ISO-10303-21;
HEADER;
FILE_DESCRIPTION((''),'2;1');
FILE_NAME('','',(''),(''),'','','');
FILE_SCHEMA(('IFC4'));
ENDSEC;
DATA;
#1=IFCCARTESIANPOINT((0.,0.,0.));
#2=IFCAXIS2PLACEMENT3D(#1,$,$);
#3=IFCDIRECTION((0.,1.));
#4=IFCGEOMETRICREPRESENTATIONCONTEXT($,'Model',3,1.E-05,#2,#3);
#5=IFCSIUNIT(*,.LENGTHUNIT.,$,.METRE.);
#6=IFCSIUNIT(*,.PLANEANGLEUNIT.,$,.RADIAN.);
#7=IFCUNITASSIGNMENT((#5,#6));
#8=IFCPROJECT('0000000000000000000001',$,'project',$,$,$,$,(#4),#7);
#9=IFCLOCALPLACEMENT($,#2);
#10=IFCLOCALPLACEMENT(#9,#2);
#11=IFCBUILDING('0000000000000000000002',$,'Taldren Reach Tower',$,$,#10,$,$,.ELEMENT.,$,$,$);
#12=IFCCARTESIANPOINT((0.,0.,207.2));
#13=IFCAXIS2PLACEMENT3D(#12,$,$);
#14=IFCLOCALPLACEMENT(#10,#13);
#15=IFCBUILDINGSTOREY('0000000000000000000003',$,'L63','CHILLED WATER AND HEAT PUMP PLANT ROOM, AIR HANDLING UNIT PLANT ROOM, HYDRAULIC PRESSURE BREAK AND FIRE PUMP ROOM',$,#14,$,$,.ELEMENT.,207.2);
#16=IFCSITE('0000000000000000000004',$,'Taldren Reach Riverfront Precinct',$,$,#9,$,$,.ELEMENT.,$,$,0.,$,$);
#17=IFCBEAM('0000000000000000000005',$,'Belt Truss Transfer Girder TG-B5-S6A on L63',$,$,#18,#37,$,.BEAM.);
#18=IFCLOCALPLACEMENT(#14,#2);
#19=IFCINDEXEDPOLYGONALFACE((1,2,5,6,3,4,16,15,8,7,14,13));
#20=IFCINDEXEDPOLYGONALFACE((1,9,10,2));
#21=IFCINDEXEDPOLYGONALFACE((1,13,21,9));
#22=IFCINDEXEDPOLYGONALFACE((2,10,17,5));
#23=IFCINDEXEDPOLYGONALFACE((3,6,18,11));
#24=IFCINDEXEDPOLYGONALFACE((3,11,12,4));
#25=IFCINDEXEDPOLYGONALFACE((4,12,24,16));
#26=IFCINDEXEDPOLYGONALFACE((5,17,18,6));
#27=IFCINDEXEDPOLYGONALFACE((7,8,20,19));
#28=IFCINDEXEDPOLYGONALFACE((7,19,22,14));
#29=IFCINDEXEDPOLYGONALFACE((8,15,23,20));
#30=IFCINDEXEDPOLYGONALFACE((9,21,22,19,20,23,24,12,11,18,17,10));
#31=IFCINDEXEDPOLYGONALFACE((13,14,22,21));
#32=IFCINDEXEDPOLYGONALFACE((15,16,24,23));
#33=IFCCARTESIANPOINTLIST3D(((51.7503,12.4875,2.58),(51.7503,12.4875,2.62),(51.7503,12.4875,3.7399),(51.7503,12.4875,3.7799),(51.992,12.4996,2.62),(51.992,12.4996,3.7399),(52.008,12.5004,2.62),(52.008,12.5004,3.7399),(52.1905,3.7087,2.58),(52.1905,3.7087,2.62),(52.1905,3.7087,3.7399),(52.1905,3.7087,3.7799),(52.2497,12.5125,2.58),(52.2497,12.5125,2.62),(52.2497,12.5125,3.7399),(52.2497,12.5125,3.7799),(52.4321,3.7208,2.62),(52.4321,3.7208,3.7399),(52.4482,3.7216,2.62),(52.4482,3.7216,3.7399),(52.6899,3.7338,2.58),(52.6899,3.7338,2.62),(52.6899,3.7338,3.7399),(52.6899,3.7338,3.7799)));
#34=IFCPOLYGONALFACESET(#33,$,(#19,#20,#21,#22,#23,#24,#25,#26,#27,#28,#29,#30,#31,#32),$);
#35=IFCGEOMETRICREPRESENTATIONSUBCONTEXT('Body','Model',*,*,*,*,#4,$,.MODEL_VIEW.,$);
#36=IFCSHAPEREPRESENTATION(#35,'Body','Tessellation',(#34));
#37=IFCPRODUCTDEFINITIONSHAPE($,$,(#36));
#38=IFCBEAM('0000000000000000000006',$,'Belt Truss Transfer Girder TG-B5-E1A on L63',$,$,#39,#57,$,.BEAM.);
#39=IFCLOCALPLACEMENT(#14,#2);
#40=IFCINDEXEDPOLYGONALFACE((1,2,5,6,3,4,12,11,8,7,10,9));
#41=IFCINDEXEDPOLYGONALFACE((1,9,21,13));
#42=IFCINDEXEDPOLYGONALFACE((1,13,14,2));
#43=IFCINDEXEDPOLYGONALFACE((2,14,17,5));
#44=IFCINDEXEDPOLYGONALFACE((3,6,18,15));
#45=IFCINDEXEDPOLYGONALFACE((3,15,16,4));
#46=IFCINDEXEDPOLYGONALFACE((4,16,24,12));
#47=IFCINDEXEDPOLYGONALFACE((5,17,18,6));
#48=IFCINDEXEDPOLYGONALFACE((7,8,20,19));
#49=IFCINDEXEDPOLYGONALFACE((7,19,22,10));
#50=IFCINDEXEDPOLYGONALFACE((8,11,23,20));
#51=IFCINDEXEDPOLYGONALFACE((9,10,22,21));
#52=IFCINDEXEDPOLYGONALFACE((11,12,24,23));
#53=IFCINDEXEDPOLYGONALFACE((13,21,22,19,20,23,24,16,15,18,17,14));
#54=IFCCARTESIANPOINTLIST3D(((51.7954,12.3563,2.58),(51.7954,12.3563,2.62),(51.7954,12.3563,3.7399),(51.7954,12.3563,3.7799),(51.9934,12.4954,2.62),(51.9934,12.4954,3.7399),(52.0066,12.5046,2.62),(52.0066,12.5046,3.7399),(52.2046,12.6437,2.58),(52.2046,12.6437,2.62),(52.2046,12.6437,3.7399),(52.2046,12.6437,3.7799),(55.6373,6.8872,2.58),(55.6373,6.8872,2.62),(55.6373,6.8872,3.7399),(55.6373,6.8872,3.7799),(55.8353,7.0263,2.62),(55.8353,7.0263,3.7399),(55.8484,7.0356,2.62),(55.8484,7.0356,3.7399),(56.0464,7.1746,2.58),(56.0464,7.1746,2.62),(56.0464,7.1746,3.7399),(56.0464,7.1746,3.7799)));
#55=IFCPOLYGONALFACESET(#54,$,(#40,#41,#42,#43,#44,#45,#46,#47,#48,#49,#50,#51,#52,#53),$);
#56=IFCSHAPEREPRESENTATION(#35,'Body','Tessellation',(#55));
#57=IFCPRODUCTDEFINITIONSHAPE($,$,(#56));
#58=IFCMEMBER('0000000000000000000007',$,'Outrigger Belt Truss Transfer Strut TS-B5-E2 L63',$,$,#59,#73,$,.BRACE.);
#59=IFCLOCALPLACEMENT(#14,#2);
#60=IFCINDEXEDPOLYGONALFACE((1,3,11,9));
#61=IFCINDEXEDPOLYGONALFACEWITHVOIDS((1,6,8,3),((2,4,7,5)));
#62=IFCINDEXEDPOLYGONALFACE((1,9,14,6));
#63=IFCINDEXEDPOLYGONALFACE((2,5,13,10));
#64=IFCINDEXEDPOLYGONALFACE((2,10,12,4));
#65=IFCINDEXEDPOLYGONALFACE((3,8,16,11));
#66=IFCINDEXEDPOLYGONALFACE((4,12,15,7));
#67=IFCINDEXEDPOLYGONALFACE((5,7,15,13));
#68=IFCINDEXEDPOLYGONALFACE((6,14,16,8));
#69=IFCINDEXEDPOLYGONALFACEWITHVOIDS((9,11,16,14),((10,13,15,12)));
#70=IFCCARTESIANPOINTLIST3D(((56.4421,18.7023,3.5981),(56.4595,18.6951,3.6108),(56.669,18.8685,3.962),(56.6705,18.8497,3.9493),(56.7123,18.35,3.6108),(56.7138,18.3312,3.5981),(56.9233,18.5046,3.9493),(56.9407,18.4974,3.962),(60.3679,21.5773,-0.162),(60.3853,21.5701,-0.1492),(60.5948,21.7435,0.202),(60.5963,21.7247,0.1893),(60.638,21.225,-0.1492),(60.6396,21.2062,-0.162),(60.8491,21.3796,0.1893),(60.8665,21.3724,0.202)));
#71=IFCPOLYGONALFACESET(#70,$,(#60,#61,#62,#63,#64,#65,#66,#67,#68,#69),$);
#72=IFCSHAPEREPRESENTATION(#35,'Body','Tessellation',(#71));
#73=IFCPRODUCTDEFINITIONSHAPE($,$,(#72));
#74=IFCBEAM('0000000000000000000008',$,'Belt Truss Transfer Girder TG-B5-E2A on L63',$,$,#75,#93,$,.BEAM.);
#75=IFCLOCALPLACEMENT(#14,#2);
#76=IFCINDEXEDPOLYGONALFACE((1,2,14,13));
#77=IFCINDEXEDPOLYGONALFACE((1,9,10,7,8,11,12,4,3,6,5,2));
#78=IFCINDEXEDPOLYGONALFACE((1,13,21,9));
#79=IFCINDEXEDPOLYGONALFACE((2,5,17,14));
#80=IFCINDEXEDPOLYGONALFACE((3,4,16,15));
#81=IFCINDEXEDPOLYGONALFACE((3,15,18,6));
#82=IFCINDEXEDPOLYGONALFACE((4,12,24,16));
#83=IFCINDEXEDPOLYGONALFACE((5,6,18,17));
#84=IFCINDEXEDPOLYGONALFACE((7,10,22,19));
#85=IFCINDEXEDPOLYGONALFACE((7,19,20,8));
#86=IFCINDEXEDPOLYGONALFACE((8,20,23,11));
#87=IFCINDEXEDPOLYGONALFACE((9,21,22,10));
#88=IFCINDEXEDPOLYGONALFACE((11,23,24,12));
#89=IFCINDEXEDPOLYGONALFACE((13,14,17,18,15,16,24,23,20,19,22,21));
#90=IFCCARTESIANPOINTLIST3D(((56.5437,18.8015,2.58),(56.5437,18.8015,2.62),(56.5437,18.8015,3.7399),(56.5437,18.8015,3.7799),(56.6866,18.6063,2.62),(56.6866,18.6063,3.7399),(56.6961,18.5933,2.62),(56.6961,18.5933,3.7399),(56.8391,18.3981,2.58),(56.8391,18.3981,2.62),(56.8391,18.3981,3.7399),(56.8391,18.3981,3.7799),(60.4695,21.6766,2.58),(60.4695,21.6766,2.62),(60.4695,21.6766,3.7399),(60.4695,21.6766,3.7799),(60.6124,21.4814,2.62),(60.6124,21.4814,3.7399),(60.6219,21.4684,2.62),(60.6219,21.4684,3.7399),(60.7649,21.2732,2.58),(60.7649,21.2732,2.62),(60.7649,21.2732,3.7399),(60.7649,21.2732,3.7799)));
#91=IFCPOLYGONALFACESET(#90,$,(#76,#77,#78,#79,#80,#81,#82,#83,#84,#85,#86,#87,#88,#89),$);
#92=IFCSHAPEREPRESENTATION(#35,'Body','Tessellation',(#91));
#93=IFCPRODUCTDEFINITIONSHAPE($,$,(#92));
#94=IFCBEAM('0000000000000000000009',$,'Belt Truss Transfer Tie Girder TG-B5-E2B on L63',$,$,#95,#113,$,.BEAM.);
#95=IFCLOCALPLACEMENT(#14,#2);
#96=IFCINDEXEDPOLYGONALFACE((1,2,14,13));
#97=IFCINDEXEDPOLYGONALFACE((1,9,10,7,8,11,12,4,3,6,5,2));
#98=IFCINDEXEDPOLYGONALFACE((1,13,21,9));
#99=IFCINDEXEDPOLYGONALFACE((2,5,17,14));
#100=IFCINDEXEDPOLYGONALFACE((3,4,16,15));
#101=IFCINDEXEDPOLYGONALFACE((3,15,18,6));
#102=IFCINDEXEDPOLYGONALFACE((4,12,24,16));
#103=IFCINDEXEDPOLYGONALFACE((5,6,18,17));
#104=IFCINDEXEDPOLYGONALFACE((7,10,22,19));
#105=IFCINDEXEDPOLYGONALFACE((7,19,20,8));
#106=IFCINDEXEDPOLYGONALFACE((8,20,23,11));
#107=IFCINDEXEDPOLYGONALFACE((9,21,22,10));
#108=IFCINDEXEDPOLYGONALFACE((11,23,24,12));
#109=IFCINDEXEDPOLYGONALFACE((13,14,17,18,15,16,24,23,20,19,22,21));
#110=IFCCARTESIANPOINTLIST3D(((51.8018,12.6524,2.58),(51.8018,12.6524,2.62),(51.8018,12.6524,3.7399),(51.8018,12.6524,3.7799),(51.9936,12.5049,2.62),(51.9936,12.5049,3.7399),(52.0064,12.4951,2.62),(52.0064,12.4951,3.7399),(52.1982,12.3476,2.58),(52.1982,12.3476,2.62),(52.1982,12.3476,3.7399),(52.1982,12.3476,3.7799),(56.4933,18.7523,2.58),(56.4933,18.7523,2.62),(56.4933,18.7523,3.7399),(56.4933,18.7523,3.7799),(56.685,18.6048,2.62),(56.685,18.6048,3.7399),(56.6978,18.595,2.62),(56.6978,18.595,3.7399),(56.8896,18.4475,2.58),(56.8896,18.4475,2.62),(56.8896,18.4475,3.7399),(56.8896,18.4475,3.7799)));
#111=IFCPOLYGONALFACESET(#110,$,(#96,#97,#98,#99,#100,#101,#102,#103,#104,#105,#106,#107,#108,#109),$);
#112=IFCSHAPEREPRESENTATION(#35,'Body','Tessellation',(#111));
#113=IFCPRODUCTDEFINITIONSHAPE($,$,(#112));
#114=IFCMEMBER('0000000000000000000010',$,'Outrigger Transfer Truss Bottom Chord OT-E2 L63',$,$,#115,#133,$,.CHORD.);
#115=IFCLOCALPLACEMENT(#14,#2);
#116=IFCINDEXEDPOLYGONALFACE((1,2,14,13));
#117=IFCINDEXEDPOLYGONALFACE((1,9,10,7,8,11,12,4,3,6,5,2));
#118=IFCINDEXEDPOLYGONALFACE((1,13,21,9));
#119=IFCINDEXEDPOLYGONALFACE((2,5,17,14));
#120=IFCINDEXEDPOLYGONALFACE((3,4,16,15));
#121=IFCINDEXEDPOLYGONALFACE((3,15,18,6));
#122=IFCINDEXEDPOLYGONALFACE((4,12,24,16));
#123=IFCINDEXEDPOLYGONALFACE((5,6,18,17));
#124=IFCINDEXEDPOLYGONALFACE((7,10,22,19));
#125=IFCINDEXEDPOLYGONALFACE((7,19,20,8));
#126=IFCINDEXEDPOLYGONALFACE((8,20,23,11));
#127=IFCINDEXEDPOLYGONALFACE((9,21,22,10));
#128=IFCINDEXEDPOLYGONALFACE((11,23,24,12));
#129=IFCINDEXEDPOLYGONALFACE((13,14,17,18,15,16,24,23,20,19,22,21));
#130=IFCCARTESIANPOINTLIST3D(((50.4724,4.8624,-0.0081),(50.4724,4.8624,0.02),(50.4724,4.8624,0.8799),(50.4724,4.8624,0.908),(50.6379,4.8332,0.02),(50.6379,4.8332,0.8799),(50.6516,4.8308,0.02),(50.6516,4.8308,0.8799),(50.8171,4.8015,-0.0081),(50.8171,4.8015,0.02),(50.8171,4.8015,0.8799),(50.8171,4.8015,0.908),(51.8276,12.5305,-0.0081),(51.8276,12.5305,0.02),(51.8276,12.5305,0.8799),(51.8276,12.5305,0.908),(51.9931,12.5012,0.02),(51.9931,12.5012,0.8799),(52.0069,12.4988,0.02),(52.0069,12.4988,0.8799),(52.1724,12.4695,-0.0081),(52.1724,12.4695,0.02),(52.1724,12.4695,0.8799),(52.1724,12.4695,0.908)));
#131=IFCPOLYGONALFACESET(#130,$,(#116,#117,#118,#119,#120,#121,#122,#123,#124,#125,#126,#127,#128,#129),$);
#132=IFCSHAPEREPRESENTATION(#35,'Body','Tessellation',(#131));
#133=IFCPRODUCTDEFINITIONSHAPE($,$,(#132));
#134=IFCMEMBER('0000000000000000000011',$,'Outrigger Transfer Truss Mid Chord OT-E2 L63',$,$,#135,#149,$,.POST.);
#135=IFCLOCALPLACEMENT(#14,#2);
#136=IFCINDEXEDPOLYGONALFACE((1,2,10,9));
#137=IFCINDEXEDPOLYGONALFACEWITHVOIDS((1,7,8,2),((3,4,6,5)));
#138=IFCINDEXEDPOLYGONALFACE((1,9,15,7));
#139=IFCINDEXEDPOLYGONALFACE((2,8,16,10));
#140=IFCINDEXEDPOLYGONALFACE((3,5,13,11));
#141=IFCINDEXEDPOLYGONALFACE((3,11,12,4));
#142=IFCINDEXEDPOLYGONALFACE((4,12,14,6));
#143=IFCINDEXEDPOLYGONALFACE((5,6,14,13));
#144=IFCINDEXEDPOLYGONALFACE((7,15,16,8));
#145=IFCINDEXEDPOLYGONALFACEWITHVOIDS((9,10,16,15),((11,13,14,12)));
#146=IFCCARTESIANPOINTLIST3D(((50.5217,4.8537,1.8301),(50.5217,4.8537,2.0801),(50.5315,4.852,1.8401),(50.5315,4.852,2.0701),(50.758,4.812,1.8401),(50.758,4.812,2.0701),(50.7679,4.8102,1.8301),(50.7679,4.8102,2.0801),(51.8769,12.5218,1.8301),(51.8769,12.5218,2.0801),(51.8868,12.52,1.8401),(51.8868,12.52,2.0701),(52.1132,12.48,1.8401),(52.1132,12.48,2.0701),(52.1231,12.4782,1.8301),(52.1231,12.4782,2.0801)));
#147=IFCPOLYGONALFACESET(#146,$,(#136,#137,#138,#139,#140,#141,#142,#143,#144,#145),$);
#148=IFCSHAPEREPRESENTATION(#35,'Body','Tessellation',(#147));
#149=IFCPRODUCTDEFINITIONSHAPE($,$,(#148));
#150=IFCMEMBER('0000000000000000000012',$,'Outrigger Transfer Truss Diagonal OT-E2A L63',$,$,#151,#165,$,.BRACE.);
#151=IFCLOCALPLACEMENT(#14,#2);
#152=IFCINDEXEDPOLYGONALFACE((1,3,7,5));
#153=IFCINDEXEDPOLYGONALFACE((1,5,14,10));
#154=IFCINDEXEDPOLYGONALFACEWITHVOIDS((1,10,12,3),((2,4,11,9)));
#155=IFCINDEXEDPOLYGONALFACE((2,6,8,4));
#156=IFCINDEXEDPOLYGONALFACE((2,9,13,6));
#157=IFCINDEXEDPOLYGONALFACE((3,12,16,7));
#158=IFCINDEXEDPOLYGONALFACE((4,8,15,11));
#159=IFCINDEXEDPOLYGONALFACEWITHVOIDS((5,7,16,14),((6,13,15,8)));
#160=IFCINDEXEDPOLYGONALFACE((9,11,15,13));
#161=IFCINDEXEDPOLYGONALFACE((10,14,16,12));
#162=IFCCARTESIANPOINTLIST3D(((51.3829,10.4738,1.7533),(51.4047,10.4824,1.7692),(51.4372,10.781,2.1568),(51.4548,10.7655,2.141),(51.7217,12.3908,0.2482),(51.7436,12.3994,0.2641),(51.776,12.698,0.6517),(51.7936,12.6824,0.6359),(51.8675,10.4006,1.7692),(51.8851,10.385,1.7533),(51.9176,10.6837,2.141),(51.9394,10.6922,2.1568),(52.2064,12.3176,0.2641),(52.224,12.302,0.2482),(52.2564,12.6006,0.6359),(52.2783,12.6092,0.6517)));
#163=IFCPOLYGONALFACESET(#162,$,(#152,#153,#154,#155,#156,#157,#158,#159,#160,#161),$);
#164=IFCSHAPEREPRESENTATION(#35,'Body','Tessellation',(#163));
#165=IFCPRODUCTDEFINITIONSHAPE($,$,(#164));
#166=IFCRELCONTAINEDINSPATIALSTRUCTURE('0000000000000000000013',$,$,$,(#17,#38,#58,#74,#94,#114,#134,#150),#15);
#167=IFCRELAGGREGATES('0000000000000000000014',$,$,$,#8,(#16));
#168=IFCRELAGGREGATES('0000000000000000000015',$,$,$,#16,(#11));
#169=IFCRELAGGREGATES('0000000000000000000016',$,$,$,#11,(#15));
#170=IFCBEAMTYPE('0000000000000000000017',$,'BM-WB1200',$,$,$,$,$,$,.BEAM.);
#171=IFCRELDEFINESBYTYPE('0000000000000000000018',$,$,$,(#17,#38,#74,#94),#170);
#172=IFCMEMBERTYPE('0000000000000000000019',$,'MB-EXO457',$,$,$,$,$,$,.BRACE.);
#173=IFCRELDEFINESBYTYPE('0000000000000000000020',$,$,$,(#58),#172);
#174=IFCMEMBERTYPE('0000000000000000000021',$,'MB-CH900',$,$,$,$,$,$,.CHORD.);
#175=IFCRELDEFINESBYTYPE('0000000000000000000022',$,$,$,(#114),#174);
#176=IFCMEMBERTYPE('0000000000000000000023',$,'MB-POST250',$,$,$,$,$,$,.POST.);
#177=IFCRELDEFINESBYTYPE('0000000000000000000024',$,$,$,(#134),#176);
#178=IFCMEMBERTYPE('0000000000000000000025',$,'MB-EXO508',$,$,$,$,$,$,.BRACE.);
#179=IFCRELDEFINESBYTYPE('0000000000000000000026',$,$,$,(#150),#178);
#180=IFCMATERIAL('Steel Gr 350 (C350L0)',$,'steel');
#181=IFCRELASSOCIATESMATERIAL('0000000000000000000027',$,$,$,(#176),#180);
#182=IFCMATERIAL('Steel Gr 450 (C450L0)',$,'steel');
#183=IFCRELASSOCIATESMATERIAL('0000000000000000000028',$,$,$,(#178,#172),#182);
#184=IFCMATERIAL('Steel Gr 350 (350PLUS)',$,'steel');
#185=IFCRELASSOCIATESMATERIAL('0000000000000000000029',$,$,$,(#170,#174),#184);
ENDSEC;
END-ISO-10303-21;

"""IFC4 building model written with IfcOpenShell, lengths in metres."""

from ifc_helpers import new_model, si_unit, direction, frame, origin, origin_2d, place, context, subcontext, project, spatial, hollow_rectangle, i_section, extrude, source, transform, mapped, material, material_profile, profile_set, type_object, element, save


model = new_model("IFC4")

# Units and contexts
model_context = context("Model", 3, precision=1e-05, world=origin(), true_north=direction((0.0, 1.0)))
body_context = subcontext(model_context, "Body", "Model", "MODEL_VIEW")
ifc_project = project(units=[si_unit("LENGTHUNIT", "METRE"), si_unit("PLANEANGLEUNIT", "RADIAN")], contexts=[model_context])

# Site, building, storey
site_placement = place(None, origin())
site = spatial("IfcSite", under=ifc_project, at=site_placement, Name="Taldren Reach Riverfront Precinct", CompositionType="ELEMENT", RefElevation=0.0)
building_placement = place(site_placement, origin())
building = spatial("IfcBuilding", under=site, at=building_placement, Name="Taldren Reach Tower", CompositionType="ELEMENT")
storey_placement = place(building_placement, frame((0.0, 0.0, 207.2)))
storey = spatial("IfcBuildingStorey", under=building, at=storey_placement, Name="L63", Description="CHILLED WATER AND HEAT PUMP PLANT ROOM, AIR HANDLING UNIT PLANT ROOM, HYDRAULIC PRESSURE BREAK AND FIRE PUMP ROOM", CompositionType="ELEMENT", Elevation=207.2)

# Shared definitions
ifc_material_1 = material(Name="Steel Gr 450 (C450L0)", Category="steel")
ifc_material_2 = material(Name="Steel Gr 350 (350PLUS)", Category="steel")

# Shared definitions
ifc_material_3 = material(Name="Steel Gr 350 (C350L0)", Category="steel")
ifc_material_profile_1 = material_profile(ifc_material_3, hollow_rectangle(XDim=0.25, YDim=0.25, WallThickness=0.01, at=origin_2d()), Name="250x250x10.0SHS")
ifc_profile_set_1 = profile_set([ifc_material_profile_1], Name="Steel Gr 350 (C350L0)")
member_type_1 = type_object("IfcMemberType", Name="MB-POST250", PredefinedType="POST", material=ifc_profile_set_1)
ifc_material_profile_2 = material_profile(ifc_material_1, hollow_rectangle(XDim=0.51, YDim=0.51, WallThickness=0.02, at=origin_2d()), Name="510x510x20.0SHS")
ifc_profile_set_2 = profile_set([ifc_material_profile_2], Name="Steel Gr 450 (C450L0)")
member_type_2 = type_object("IfcMemberType", Name="MB-EXO508", PredefinedType="BRACE", material=ifc_profile_set_2)

# Beams
ifc_material_profile_3 = material_profile(ifc_material_2, i_section(OverallWidth=0.5, OverallDepth=1.2, WebThickness=0.0161, FlangeThickness=0.04, at=origin_2d()), Name="1200WB455")
ifc_profile_set_3 = profile_set([ifc_material_profile_3], Name="Steel Gr 350 (350PLUS)")
beam_type_1 = type_object("IfcBeamType", Name="BM-WB1200", PredefinedType="BEAM", material=ifc_profile_set_3)
shared_shape_1 = source(origin(), body_context, "Body", "SweptSolid", [
    extrude(i_section(OverallWidth=0.5, OverallDepth=1.2, WebThickness=0.0161, FlangeThickness=0.04, at=origin_2d()), origin(), (0.0, 0.0, 1.0), 8.7898),
])
beam_1_placement = place(storey_placement, frame((52.0, 12.5, 3.1799), z_axis=(0.050079, -0.998745, 0.0), x_axis=(0.998745, 0.050079, 0.0)))
element("IfcBeam", 1, at=beam_1_placement, inside=storey, type_object=beam_type_1, Name="Belt Truss Transfer Girder TG-B5-S6A on L63", PredefinedType="BEAM", context=body_context, shape_type="MappedRepresentation", body=[
    mapped(shared_shape_1, transform((0.0, 0.0, 0.0), scale=1.0)),
])
shared_shape_2 = source(origin(), body_context, "Body", "SweptSolid", [
    extrude(i_section(OverallWidth=0.5, OverallDepth=1.2, WebThickness=0.0161, FlangeThickness=0.04, at=origin_2d()), origin(), (0.0, 0.0, 1.0), 6.6836),
])
beam_2_placement = place(storey_placement, frame((52.0, 12.5, 3.1799), z_axis=(0.574817, -0.818282, 0.0), x_axis=(0.818282, 0.574817, 0.0)))
element("IfcBeam", 2, at=beam_2_placement, inside=storey, type_object=beam_type_1, Name="Belt Truss Transfer Girder TG-B5-E1A on L63", PredefinedType="BEAM", context=body_context, shape_type="MappedRepresentation", body=[
    mapped(shared_shape_2, transform((0.0, 0.0, 0.0), scale=1.0)),
])

# Member
ifc_material_profile_4 = material_profile(ifc_material_1, hollow_rectangle(XDim=0.46, YDim=0.46, WallThickness=0.0161, at=origin_2d()), Name="460x460x16.0SHS")
ifc_profile_set_4 = profile_set([ifc_material_profile_4], Name="Steel Gr 450 (C450L0)")
member_type_3 = type_object("IfcMemberType", Name="MB-EXO457", PredefinedType="BRACE", material=ifc_profile_set_4)
shared_shape_3 = source(origin(), body_context, "Body", "SweptSolid", [
    extrude(hollow_rectangle(XDim=0.46, YDim=0.46, WallThickness=0.0161, at=origin_2d()), origin(), (0.0, 0.0, 1.0), 6.1494),
])
member_1_placement = place(storey_placement, frame((60.6172, 21.4749, 0.02), z_axis=(-0.638401, -0.467526, 0.611444), x_axis=(0.590842, -0.806788, 0.0)))
element("IfcMember", 3, at=member_1_placement, inside=storey, type_object=member_type_3, Name="Outrigger Belt Truss Transfer Strut TS-B5-E2 L63", PredefinedType="BRACE", context=body_context, shape_type="MappedRepresentation", body=[
    mapped(shared_shape_3, transform((0.0, 0.0, 0.0), scale=1.0)),
])

# Beams
shared_shape_4 = source(origin(), body_context, "Body", "SweptSolid", [
    extrude(i_section(OverallWidth=0.5, OverallDepth=1.2, WebThickness=0.0161, FlangeThickness=0.04, at=origin_2d()), origin(), (0.0, 0.0, 1.0), 4.866),
])
beam_3_placement = place(storey_placement, frame((60.6172, 21.4749, 3.1799), z_axis=(-0.806788, -0.590842, 0.0), x_axis=(0.590842, -0.806788, 0.0)))
element("IfcBeam", 4, at=beam_3_placement, inside=storey, type_object=beam_type_1, Name="Belt Truss Transfer Girder TG-B5-E2A on L63", PredefinedType="BEAM", context=body_context, shape_type="MappedRepresentation", body=[
    mapped(shared_shape_4, transform((0.0, 0.0, 0.0), scale=1.0)),
])
shared_shape_5 = source(origin(), body_context, "Body", "SweptSolid", [
    extrude(i_section(OverallWidth=0.5, OverallDepth=1.2, WebThickness=0.0161, FlangeThickness=0.04, at=origin_2d()), origin(), (0.0, 0.0, 1.0), 7.6953),
])
beam_4_placement = place(storey_placement, frame((52.0, 12.5, 3.1799), z_axis=(0.609646, 0.792674, 0.0), x_axis=(-0.792674, 0.609646, 0.0)))
element("IfcBeam", 5, at=beam_4_placement, inside=storey, type_object=beam_type_1, Name="Belt Truss Transfer Tie Girder TG-B5-E2B on L63", PredefinedType="BEAM", context=body_context, shape_type="MappedRepresentation", body=[
    mapped(shared_shape_5, transform((0.0, 0.0, 0.0), scale=1.0)),
])

# Members
ifc_material_profile_5 = material_profile(ifc_material_2, i_section(OverallWidth=0.3501, OverallDepth=0.916, WebThickness=0.0139, FlangeThickness=0.0281, at=origin_2d()), Name="900WB257")
ifc_profile_set_5 = profile_set([ifc_material_profile_5], Name="Steel Gr 350 (350PLUS)")
member_type_4 = type_object("IfcMemberType", Name="MB-CH900", PredefinedType="CHORD", material=ifc_profile_set_5)
shared_shape_6 = source(origin(), body_context, "Body", "SweptSolid", [
    extrude(i_section(OverallWidth=0.3501, OverallDepth=0.916, WebThickness=0.0139, FlangeThickness=0.0281, at=origin_2d()), origin(), (0.0, 0.0, 1.0), 7.7869),
])
member_2_placement = place(storey_placement, frame((52.0, 12.5, 0.45), z_axis=(-0.174041, -0.984738, 0.0), x_axis=(0.984738, -0.174041, 0.0)))
element("IfcMember", 6, at=member_2_placement, inside=storey, type_object=member_type_4, Name="Outrigger Transfer Truss Bottom Chord OT-E2 L63", PredefinedType="CHORD", context=body_context, shape_type="MappedRepresentation", body=[
    mapped(shared_shape_6, transform((0.0, 0.0, 0.0), scale=1.0)),
])
shared_shape_7 = source(origin(), body_context, "Body", "SweptSolid", [
    extrude(hollow_rectangle(XDim=0.25, YDim=0.25, WallThickness=0.01, at=origin_2d()), origin(), (0.0, 0.0, 1.0), 7.7869),
])
member_3_placement = place(storey_placement, frame((52.0, 12.5, 1.9551), z_axis=(-0.174041, -0.984738, 0.0), x_axis=(0.984738, -0.174041, 0.0)))
element("IfcMember", 7, at=member_3_placement, inside=storey, type_object=member_type_1, Name="Outrigger Transfer Truss Mid Chord OT-E2 L63", PredefinedType="POST", context=body_context, shape_type="MappedRepresentation", body=[
    mapped(shared_shape_7, transform((0.0, 0.0, 0.0), scale=1.0)),
])
shared_shape_8 = source(origin(), body_context, "Body", "SweptSolid", [
    extrude(hollow_rectangle(XDim=0.51, YDim=0.51, WallThickness=0.02, at=origin_2d()), origin(), (0.0, 0.0, 1.0), 2.4607),
])
member_4_placement = place(storey_placement, frame((52.0, 12.5, 0.45), z_axis=(-0.137711, -0.77904, 0.611664), x_axis=(0.984733, -0.174072, 0.0)))
element("IfcMember", 8, at=member_4_placement, inside=storey, type_object=member_type_2, Name="Outrigger Transfer Truss Diagonal OT-E2A L63", PredefinedType="BRACE", context=body_context, shape_type="MappedRepresentation", body=[
    mapped(shared_shape_8, transform((0.0, 0.0, 0.0), scale=1.0)),
])

save(model, "model.ifc")
